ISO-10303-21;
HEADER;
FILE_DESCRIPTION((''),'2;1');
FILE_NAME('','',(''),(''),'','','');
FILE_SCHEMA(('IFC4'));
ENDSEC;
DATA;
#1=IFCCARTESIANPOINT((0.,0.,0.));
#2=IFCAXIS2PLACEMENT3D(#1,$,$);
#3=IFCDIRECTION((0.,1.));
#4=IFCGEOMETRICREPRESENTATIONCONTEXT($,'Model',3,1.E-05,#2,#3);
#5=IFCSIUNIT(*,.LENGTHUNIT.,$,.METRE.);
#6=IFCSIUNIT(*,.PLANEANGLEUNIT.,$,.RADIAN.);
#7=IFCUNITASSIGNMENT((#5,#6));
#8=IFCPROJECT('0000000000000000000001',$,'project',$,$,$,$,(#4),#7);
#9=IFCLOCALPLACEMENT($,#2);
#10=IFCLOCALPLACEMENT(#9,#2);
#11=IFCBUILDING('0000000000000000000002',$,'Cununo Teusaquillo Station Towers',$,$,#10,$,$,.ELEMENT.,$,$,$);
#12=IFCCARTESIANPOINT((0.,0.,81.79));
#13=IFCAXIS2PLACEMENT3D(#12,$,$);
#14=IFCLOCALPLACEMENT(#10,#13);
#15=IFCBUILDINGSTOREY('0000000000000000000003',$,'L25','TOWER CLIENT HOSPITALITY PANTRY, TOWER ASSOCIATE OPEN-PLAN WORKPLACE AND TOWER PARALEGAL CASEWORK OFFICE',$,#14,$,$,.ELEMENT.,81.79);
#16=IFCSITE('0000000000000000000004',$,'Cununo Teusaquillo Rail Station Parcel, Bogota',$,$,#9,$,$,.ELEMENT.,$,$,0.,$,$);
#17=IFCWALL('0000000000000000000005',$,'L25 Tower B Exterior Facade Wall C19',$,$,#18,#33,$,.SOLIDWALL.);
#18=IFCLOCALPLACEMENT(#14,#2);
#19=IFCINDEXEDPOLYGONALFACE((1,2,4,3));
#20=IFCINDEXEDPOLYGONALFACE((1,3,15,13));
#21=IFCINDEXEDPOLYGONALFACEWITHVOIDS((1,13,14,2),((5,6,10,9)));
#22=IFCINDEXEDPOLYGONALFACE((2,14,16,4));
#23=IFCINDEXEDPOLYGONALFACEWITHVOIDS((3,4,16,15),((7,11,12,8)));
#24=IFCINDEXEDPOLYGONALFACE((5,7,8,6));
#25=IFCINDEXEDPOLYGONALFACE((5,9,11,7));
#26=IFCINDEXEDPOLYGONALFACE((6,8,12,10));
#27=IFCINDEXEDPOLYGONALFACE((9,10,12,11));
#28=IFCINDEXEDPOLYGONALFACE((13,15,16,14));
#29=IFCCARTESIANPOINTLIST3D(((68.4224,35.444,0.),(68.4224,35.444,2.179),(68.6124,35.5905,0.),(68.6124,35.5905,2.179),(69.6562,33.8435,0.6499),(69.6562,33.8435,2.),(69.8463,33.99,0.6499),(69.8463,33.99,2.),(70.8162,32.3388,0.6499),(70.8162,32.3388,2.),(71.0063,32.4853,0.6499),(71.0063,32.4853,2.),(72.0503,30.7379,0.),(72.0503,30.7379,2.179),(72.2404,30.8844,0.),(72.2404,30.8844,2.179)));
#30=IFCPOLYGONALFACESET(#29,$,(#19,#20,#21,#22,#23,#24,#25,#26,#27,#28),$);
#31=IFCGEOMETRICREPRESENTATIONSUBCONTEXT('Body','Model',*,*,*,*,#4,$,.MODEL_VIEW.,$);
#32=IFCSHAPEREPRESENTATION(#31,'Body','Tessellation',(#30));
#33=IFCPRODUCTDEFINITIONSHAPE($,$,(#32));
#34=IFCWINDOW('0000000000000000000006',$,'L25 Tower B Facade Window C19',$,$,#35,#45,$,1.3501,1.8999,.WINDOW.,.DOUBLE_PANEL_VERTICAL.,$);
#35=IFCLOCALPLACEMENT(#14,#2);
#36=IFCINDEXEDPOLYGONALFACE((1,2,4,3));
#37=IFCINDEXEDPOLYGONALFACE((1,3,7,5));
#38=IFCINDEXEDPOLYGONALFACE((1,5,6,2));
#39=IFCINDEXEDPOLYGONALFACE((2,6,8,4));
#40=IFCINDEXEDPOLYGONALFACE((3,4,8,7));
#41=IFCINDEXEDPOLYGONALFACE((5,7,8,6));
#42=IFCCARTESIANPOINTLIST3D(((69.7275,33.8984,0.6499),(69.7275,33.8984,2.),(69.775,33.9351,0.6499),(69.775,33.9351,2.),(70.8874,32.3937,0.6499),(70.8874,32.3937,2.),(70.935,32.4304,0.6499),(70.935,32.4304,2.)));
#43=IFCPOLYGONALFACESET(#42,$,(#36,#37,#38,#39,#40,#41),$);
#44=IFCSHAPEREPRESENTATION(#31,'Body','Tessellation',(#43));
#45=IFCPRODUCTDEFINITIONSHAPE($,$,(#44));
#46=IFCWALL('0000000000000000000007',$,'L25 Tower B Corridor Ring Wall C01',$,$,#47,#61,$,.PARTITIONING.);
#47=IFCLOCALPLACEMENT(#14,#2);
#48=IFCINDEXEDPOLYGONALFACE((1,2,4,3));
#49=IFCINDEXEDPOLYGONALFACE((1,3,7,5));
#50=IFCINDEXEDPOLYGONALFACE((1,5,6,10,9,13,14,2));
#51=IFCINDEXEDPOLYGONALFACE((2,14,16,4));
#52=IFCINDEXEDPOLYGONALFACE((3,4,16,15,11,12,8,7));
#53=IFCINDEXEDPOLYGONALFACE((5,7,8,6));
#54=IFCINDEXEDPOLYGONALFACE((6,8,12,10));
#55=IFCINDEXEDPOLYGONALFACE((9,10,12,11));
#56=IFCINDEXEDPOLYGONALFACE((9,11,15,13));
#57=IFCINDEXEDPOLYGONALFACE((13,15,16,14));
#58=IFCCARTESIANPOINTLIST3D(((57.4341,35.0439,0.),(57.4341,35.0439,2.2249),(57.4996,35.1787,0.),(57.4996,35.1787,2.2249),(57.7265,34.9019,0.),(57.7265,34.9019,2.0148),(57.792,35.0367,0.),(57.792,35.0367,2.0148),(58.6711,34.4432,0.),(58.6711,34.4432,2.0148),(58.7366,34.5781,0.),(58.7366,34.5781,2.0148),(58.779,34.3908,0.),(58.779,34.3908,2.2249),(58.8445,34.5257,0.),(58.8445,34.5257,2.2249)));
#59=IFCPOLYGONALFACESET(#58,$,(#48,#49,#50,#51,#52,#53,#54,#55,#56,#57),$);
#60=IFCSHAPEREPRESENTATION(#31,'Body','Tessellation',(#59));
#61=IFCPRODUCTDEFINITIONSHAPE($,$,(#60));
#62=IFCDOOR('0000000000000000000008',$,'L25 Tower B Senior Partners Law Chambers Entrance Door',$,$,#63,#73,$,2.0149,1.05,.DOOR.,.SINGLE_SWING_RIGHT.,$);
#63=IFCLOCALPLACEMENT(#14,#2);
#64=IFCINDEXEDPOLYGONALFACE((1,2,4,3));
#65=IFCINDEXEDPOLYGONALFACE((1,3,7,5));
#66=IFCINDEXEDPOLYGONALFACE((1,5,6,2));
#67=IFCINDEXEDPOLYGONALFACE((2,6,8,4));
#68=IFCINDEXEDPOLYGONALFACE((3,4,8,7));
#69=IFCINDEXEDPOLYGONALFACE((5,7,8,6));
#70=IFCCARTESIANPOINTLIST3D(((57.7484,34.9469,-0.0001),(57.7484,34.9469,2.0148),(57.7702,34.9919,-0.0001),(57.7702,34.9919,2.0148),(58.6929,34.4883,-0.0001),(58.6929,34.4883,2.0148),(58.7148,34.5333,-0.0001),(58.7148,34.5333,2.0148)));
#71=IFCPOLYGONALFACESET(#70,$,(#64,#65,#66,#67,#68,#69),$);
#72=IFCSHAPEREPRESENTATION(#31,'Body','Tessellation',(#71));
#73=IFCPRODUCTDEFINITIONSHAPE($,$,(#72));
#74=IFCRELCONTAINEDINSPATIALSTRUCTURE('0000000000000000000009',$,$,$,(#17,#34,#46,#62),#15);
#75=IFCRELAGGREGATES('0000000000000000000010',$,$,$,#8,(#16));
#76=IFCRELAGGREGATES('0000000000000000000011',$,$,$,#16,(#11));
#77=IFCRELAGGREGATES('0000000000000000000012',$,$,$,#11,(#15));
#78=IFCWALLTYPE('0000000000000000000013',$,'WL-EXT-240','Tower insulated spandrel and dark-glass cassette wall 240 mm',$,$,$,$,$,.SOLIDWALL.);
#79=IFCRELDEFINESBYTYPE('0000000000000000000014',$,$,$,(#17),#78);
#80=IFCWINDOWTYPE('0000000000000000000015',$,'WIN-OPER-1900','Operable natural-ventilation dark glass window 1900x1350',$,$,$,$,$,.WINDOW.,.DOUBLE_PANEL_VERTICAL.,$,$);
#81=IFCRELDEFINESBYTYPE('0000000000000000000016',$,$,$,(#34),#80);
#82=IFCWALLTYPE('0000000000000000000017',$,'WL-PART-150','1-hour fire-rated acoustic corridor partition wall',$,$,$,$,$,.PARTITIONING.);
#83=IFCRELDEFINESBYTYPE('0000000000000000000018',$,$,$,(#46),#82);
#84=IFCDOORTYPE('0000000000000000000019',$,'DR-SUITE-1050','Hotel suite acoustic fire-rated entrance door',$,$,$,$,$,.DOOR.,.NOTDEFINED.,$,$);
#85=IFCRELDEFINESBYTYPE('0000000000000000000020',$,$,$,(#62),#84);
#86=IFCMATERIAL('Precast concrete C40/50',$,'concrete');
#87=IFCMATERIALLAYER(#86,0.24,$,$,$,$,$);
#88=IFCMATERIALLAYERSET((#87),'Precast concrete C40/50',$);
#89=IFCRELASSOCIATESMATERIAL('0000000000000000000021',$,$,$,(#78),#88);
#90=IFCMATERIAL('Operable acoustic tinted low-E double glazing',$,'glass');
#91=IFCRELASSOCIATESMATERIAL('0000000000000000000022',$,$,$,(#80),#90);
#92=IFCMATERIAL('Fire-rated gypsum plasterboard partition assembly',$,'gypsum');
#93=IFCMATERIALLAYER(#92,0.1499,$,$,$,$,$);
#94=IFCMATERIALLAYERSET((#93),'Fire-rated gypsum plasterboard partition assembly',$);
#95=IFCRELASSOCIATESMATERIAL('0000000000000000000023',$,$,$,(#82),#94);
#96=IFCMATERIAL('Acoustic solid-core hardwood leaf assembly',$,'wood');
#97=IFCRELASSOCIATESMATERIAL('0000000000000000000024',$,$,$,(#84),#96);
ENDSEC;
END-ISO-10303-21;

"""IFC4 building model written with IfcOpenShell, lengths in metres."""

from ifc_helpers import new_model, si_unit, direction, frame, frame_2d, origin, place, context, subcontext, project, spatial, rectangle, extrude, source, transform, mapped, material, layer, layer_set, type_object, element, fill, save


model = new_model("IFC4")

# Units and contexts
model_context = context("Model", 3, precision=1e-05, world=origin(), true_north=direction((0.0, 1.0)))
body_context = subcontext(model_context, "Body", "Model", "MODEL_VIEW")
ifc_project = project(units=[si_unit("LENGTHUNIT", "METRE"), si_unit("PLANEANGLEUNIT", "RADIAN")], contexts=[model_context])

# Site, building, storey
site_placement = place(None, origin())
site = spatial("IfcSite", under=ifc_project, at=site_placement, Name="Cununo Teusaquillo Rail Station Parcel, Bogota", CompositionType="ELEMENT", RefElevation=0.0)
building_placement = place(site_placement, origin())
building = spatial("IfcBuilding", under=site, at=building_placement, Name="Cununo Teusaquillo Station Towers", CompositionType="ELEMENT")
storey_placement = place(building_placement, frame((0.0, 0.0, 81.79)))
storey = spatial("IfcBuildingStorey", under=building, at=storey_placement, Name="L25", Description="TOWER CLIENT HOSPITALITY PANTRY, TOWER ASSOCIATE OPEN-PLAN WORKPLACE AND TOWER PARALEGAL CASEWORK OFFICE", CompositionType="ELEMENT", Elevation=81.79)

# Shared definitions
ifc_material_1 = material(Name="Precast concrete C40/50", Category="concrete")
ifc_layer_1 = layer(ifc_material_1, 0.24)
ifc_layer_set_1 = layer_set([ifc_layer_1], Name="Precast concrete C40/50")
wall_type_1 = type_object("IfcWallType", Name="WL-EXT-240", Description="Tower insulated spandrel and dark-glass cassette wall 240 mm", PredefinedType="SOLIDWALL", material=ifc_layer_set_1)

# Wall, opening, window
wall_1_placement = place(storey_placement, frame((68.5173, 35.5173, 0.0), z_axis=(0.0, 0.0, 1.0), x_axis=(0.610544, -0.791982, 0.0)))
wall_1 = element("IfcWall", 1, at=wall_1_placement, inside=storey, type_object=wall_type_1, Name="L25 Tower B Exterior Facade Wall C19", PredefinedType="SOLIDWALL", context=body_context, shape_type="SweptSolid", body=[
    extrude(rectangle(XDim=5.9421, YDim=0.24, at=frame_2d((2.9712, 0.0))), origin(), (0.0, 0.0, 1.0), 2.179),
])
shared_shape_1 = source(origin(), body_context, "Body", "SweptSolid", [
    extrude(rectangle(XDim=1.8999, YDim=1.3501, at=frame_2d((0.95, 0.675))), frame((0.0, 0.1299, 0.0), z_axis=(0.0, -1.0, 0.0), x_axis=(1.0, 0.0, 0.0)), (0.0, 0.0, 1.0), 0.26),
])
opening_1_placement = place(wall_1_placement, frame((2.021, 0.0, 0.6499)))
opening_1 = element("IfcOpeningElement", 2, at=opening_1_placement, cuts=wall_1, PredefinedType="OPENING", context=body_context, shape_type="MappedRepresentation", body=[
    mapped(shared_shape_1, transform((0.0, 0.0, 0.0), x_axis=(1.0, 0.0, 0.0), y_axis=(0.0, 1.0, 0.0), z_axis=(0.0, 0.0, 1.0), scale=1.0)),
])
ifc_material_2 = material(Name="Operable acoustic tinted low-E double glazing", Category="glass")
window_type = type_object("IfcWindowType", Name="WIN-OPER-1900", Description="Operable natural-ventilation dark glass window 1900x1350", PartitioningType="DOUBLE_PANEL_VERTICAL", PredefinedType="WINDOW", material=ifc_material_2)
shared_shape_2 = source(origin(), body_context, "Body", "SweptSolid", [
    extrude(rectangle(XDim=1.8999, YDim=1.3501, at=frame_2d((0.95, 0.675))), frame((0.0, 0.03, 0.0), z_axis=(0.0, -1.0, 0.0), x_axis=(1.0, 0.0, 0.0)), (0.0, 0.0, 1.0), 0.0601),
])
window_placement = place(opening_1_placement, origin())
window = element("IfcWindow", 3, at=window_placement, inside=storey, type_object=window_type, Name="L25 Tower B Facade Window C19", OverallHeight=1.3501, OverallWidth=1.8999, PartitioningType="DOUBLE_PANEL_VERTICAL", PredefinedType="WINDOW", context=body_context, shape_type="MappedRepresentation", body=[
    mapped(shared_shape_2, transform((0.0, 0.0, 0.0), x_axis=(1.0, 0.0, 0.0), y_axis=(0.0, 1.0, 0.0), z_axis=(0.0, 0.0, 1.0), scale=1.0)),
])
fill(opening_1, window)

# Wall, opening, door
ifc_material_3 = material(Name="Fire-rated gypsum plasterboard partition assembly", Category="gypsum")
ifc_layer_2 = layer(ifc_material_3, 0.1499)
ifc_layer_set_2 = layer_set([ifc_layer_2], Name="Fire-rated gypsum plasterboard partition assembly")
wall_type_2 = type_object("IfcWallType", Name="WL-PART-150", Description="1-hour fire-rated acoustic corridor partition wall", PredefinedType="PARTITIONING", material=ifc_layer_set_2)
wall_2_placement = place(storey_placement, frame((58.8118, 34.4583, 0.0), z_axis=(0.0, 0.0, 1.0), x_axis=(-0.899559, 0.436798, 0.0)))
wall_2 = element("IfcWall", 4, at=wall_2_placement, inside=storey, type_object=wall_type_2, Name="L25 Tower B Corridor Ring Wall C01", PredefinedType="PARTITIONING", context=body_context, shape_type="SweptSolid", body=[
    extrude(rectangle(XDim=1.4951, YDim=0.1499, at=frame_2d((0.7476, 0.0))), origin(), (0.0, 0.0, 1.0), 2.2249),
])
shared_shape_3 = source(origin(), body_context, "Body", "SweptSolid", [
    extrude(rectangle(XDim=1.05, YDim=2.0149, at=frame_2d((0.5249, 1.0073))), frame((0.0, 0.085, 0.0), z_axis=(0.0, -1.0, 0.0), x_axis=(1.0, 0.0, 0.0)), (0.0, 0.0, 1.0), 0.1699),
])
opening_2_placement = place(wall_2_placement, frame((0.1201, 0.0, 0.0)))
opening_2 = element("IfcOpeningElement", 5, at=opening_2_placement, cuts=wall_2, PredefinedType="OPENING", context=body_context, shape_type="MappedRepresentation", body=[
    mapped(shared_shape_3, transform((0.0, 0.0, 0.0), x_axis=(1.0, 0.0, 0.0), y_axis=(0.0, 1.0, 0.0), z_axis=(0.0, 0.0, 1.0), scale=1.0)),
])
ifc_material_4 = material(Name="Acoustic solid-core hardwood leaf assembly", Category="wood")
door_type = type_object("IfcDoorType", Name="DR-SUITE-1050", Description="Hotel suite acoustic fire-rated entrance door", OperationType="NOTDEFINED", PredefinedType="DOOR", material=ifc_material_4)
shared_shape_4 = source(origin(), body_context, "Body", "SweptSolid", [
    extrude(rectangle(XDim=1.05, YDim=2.0149, at=frame_2d((0.5249, 1.0073))), frame((0.0, 0.0249, 0.0), z_axis=(0.0, -1.0, 0.0), x_axis=(1.0, 0.0, 0.0)), (0.0, 0.0, 1.0), 0.05),
])
door_placement = place(opening_2_placement, origin())
door = element("IfcDoor", 6, at=door_placement, inside=storey, type_object=door_type, Name="L25 Tower B Senior Partners Law Chambers Entrance Door", OperationType="SINGLE_SWING_RIGHT", OverallHeight=2.0149, OverallWidth=1.05, PredefinedType="DOOR", context=body_context, shape_type="MappedRepresentation", body=[
    mapped(shared_shape_4, transform((0.0, 0.0, 0.0), x_axis=(1.0, 0.0, 0.0), y_axis=(0.0, 1.0, 0.0), z_axis=(0.0, 0.0, 1.0), scale=1.0)),
])
fill(opening_2, door)

save(model, "model.ifc")
